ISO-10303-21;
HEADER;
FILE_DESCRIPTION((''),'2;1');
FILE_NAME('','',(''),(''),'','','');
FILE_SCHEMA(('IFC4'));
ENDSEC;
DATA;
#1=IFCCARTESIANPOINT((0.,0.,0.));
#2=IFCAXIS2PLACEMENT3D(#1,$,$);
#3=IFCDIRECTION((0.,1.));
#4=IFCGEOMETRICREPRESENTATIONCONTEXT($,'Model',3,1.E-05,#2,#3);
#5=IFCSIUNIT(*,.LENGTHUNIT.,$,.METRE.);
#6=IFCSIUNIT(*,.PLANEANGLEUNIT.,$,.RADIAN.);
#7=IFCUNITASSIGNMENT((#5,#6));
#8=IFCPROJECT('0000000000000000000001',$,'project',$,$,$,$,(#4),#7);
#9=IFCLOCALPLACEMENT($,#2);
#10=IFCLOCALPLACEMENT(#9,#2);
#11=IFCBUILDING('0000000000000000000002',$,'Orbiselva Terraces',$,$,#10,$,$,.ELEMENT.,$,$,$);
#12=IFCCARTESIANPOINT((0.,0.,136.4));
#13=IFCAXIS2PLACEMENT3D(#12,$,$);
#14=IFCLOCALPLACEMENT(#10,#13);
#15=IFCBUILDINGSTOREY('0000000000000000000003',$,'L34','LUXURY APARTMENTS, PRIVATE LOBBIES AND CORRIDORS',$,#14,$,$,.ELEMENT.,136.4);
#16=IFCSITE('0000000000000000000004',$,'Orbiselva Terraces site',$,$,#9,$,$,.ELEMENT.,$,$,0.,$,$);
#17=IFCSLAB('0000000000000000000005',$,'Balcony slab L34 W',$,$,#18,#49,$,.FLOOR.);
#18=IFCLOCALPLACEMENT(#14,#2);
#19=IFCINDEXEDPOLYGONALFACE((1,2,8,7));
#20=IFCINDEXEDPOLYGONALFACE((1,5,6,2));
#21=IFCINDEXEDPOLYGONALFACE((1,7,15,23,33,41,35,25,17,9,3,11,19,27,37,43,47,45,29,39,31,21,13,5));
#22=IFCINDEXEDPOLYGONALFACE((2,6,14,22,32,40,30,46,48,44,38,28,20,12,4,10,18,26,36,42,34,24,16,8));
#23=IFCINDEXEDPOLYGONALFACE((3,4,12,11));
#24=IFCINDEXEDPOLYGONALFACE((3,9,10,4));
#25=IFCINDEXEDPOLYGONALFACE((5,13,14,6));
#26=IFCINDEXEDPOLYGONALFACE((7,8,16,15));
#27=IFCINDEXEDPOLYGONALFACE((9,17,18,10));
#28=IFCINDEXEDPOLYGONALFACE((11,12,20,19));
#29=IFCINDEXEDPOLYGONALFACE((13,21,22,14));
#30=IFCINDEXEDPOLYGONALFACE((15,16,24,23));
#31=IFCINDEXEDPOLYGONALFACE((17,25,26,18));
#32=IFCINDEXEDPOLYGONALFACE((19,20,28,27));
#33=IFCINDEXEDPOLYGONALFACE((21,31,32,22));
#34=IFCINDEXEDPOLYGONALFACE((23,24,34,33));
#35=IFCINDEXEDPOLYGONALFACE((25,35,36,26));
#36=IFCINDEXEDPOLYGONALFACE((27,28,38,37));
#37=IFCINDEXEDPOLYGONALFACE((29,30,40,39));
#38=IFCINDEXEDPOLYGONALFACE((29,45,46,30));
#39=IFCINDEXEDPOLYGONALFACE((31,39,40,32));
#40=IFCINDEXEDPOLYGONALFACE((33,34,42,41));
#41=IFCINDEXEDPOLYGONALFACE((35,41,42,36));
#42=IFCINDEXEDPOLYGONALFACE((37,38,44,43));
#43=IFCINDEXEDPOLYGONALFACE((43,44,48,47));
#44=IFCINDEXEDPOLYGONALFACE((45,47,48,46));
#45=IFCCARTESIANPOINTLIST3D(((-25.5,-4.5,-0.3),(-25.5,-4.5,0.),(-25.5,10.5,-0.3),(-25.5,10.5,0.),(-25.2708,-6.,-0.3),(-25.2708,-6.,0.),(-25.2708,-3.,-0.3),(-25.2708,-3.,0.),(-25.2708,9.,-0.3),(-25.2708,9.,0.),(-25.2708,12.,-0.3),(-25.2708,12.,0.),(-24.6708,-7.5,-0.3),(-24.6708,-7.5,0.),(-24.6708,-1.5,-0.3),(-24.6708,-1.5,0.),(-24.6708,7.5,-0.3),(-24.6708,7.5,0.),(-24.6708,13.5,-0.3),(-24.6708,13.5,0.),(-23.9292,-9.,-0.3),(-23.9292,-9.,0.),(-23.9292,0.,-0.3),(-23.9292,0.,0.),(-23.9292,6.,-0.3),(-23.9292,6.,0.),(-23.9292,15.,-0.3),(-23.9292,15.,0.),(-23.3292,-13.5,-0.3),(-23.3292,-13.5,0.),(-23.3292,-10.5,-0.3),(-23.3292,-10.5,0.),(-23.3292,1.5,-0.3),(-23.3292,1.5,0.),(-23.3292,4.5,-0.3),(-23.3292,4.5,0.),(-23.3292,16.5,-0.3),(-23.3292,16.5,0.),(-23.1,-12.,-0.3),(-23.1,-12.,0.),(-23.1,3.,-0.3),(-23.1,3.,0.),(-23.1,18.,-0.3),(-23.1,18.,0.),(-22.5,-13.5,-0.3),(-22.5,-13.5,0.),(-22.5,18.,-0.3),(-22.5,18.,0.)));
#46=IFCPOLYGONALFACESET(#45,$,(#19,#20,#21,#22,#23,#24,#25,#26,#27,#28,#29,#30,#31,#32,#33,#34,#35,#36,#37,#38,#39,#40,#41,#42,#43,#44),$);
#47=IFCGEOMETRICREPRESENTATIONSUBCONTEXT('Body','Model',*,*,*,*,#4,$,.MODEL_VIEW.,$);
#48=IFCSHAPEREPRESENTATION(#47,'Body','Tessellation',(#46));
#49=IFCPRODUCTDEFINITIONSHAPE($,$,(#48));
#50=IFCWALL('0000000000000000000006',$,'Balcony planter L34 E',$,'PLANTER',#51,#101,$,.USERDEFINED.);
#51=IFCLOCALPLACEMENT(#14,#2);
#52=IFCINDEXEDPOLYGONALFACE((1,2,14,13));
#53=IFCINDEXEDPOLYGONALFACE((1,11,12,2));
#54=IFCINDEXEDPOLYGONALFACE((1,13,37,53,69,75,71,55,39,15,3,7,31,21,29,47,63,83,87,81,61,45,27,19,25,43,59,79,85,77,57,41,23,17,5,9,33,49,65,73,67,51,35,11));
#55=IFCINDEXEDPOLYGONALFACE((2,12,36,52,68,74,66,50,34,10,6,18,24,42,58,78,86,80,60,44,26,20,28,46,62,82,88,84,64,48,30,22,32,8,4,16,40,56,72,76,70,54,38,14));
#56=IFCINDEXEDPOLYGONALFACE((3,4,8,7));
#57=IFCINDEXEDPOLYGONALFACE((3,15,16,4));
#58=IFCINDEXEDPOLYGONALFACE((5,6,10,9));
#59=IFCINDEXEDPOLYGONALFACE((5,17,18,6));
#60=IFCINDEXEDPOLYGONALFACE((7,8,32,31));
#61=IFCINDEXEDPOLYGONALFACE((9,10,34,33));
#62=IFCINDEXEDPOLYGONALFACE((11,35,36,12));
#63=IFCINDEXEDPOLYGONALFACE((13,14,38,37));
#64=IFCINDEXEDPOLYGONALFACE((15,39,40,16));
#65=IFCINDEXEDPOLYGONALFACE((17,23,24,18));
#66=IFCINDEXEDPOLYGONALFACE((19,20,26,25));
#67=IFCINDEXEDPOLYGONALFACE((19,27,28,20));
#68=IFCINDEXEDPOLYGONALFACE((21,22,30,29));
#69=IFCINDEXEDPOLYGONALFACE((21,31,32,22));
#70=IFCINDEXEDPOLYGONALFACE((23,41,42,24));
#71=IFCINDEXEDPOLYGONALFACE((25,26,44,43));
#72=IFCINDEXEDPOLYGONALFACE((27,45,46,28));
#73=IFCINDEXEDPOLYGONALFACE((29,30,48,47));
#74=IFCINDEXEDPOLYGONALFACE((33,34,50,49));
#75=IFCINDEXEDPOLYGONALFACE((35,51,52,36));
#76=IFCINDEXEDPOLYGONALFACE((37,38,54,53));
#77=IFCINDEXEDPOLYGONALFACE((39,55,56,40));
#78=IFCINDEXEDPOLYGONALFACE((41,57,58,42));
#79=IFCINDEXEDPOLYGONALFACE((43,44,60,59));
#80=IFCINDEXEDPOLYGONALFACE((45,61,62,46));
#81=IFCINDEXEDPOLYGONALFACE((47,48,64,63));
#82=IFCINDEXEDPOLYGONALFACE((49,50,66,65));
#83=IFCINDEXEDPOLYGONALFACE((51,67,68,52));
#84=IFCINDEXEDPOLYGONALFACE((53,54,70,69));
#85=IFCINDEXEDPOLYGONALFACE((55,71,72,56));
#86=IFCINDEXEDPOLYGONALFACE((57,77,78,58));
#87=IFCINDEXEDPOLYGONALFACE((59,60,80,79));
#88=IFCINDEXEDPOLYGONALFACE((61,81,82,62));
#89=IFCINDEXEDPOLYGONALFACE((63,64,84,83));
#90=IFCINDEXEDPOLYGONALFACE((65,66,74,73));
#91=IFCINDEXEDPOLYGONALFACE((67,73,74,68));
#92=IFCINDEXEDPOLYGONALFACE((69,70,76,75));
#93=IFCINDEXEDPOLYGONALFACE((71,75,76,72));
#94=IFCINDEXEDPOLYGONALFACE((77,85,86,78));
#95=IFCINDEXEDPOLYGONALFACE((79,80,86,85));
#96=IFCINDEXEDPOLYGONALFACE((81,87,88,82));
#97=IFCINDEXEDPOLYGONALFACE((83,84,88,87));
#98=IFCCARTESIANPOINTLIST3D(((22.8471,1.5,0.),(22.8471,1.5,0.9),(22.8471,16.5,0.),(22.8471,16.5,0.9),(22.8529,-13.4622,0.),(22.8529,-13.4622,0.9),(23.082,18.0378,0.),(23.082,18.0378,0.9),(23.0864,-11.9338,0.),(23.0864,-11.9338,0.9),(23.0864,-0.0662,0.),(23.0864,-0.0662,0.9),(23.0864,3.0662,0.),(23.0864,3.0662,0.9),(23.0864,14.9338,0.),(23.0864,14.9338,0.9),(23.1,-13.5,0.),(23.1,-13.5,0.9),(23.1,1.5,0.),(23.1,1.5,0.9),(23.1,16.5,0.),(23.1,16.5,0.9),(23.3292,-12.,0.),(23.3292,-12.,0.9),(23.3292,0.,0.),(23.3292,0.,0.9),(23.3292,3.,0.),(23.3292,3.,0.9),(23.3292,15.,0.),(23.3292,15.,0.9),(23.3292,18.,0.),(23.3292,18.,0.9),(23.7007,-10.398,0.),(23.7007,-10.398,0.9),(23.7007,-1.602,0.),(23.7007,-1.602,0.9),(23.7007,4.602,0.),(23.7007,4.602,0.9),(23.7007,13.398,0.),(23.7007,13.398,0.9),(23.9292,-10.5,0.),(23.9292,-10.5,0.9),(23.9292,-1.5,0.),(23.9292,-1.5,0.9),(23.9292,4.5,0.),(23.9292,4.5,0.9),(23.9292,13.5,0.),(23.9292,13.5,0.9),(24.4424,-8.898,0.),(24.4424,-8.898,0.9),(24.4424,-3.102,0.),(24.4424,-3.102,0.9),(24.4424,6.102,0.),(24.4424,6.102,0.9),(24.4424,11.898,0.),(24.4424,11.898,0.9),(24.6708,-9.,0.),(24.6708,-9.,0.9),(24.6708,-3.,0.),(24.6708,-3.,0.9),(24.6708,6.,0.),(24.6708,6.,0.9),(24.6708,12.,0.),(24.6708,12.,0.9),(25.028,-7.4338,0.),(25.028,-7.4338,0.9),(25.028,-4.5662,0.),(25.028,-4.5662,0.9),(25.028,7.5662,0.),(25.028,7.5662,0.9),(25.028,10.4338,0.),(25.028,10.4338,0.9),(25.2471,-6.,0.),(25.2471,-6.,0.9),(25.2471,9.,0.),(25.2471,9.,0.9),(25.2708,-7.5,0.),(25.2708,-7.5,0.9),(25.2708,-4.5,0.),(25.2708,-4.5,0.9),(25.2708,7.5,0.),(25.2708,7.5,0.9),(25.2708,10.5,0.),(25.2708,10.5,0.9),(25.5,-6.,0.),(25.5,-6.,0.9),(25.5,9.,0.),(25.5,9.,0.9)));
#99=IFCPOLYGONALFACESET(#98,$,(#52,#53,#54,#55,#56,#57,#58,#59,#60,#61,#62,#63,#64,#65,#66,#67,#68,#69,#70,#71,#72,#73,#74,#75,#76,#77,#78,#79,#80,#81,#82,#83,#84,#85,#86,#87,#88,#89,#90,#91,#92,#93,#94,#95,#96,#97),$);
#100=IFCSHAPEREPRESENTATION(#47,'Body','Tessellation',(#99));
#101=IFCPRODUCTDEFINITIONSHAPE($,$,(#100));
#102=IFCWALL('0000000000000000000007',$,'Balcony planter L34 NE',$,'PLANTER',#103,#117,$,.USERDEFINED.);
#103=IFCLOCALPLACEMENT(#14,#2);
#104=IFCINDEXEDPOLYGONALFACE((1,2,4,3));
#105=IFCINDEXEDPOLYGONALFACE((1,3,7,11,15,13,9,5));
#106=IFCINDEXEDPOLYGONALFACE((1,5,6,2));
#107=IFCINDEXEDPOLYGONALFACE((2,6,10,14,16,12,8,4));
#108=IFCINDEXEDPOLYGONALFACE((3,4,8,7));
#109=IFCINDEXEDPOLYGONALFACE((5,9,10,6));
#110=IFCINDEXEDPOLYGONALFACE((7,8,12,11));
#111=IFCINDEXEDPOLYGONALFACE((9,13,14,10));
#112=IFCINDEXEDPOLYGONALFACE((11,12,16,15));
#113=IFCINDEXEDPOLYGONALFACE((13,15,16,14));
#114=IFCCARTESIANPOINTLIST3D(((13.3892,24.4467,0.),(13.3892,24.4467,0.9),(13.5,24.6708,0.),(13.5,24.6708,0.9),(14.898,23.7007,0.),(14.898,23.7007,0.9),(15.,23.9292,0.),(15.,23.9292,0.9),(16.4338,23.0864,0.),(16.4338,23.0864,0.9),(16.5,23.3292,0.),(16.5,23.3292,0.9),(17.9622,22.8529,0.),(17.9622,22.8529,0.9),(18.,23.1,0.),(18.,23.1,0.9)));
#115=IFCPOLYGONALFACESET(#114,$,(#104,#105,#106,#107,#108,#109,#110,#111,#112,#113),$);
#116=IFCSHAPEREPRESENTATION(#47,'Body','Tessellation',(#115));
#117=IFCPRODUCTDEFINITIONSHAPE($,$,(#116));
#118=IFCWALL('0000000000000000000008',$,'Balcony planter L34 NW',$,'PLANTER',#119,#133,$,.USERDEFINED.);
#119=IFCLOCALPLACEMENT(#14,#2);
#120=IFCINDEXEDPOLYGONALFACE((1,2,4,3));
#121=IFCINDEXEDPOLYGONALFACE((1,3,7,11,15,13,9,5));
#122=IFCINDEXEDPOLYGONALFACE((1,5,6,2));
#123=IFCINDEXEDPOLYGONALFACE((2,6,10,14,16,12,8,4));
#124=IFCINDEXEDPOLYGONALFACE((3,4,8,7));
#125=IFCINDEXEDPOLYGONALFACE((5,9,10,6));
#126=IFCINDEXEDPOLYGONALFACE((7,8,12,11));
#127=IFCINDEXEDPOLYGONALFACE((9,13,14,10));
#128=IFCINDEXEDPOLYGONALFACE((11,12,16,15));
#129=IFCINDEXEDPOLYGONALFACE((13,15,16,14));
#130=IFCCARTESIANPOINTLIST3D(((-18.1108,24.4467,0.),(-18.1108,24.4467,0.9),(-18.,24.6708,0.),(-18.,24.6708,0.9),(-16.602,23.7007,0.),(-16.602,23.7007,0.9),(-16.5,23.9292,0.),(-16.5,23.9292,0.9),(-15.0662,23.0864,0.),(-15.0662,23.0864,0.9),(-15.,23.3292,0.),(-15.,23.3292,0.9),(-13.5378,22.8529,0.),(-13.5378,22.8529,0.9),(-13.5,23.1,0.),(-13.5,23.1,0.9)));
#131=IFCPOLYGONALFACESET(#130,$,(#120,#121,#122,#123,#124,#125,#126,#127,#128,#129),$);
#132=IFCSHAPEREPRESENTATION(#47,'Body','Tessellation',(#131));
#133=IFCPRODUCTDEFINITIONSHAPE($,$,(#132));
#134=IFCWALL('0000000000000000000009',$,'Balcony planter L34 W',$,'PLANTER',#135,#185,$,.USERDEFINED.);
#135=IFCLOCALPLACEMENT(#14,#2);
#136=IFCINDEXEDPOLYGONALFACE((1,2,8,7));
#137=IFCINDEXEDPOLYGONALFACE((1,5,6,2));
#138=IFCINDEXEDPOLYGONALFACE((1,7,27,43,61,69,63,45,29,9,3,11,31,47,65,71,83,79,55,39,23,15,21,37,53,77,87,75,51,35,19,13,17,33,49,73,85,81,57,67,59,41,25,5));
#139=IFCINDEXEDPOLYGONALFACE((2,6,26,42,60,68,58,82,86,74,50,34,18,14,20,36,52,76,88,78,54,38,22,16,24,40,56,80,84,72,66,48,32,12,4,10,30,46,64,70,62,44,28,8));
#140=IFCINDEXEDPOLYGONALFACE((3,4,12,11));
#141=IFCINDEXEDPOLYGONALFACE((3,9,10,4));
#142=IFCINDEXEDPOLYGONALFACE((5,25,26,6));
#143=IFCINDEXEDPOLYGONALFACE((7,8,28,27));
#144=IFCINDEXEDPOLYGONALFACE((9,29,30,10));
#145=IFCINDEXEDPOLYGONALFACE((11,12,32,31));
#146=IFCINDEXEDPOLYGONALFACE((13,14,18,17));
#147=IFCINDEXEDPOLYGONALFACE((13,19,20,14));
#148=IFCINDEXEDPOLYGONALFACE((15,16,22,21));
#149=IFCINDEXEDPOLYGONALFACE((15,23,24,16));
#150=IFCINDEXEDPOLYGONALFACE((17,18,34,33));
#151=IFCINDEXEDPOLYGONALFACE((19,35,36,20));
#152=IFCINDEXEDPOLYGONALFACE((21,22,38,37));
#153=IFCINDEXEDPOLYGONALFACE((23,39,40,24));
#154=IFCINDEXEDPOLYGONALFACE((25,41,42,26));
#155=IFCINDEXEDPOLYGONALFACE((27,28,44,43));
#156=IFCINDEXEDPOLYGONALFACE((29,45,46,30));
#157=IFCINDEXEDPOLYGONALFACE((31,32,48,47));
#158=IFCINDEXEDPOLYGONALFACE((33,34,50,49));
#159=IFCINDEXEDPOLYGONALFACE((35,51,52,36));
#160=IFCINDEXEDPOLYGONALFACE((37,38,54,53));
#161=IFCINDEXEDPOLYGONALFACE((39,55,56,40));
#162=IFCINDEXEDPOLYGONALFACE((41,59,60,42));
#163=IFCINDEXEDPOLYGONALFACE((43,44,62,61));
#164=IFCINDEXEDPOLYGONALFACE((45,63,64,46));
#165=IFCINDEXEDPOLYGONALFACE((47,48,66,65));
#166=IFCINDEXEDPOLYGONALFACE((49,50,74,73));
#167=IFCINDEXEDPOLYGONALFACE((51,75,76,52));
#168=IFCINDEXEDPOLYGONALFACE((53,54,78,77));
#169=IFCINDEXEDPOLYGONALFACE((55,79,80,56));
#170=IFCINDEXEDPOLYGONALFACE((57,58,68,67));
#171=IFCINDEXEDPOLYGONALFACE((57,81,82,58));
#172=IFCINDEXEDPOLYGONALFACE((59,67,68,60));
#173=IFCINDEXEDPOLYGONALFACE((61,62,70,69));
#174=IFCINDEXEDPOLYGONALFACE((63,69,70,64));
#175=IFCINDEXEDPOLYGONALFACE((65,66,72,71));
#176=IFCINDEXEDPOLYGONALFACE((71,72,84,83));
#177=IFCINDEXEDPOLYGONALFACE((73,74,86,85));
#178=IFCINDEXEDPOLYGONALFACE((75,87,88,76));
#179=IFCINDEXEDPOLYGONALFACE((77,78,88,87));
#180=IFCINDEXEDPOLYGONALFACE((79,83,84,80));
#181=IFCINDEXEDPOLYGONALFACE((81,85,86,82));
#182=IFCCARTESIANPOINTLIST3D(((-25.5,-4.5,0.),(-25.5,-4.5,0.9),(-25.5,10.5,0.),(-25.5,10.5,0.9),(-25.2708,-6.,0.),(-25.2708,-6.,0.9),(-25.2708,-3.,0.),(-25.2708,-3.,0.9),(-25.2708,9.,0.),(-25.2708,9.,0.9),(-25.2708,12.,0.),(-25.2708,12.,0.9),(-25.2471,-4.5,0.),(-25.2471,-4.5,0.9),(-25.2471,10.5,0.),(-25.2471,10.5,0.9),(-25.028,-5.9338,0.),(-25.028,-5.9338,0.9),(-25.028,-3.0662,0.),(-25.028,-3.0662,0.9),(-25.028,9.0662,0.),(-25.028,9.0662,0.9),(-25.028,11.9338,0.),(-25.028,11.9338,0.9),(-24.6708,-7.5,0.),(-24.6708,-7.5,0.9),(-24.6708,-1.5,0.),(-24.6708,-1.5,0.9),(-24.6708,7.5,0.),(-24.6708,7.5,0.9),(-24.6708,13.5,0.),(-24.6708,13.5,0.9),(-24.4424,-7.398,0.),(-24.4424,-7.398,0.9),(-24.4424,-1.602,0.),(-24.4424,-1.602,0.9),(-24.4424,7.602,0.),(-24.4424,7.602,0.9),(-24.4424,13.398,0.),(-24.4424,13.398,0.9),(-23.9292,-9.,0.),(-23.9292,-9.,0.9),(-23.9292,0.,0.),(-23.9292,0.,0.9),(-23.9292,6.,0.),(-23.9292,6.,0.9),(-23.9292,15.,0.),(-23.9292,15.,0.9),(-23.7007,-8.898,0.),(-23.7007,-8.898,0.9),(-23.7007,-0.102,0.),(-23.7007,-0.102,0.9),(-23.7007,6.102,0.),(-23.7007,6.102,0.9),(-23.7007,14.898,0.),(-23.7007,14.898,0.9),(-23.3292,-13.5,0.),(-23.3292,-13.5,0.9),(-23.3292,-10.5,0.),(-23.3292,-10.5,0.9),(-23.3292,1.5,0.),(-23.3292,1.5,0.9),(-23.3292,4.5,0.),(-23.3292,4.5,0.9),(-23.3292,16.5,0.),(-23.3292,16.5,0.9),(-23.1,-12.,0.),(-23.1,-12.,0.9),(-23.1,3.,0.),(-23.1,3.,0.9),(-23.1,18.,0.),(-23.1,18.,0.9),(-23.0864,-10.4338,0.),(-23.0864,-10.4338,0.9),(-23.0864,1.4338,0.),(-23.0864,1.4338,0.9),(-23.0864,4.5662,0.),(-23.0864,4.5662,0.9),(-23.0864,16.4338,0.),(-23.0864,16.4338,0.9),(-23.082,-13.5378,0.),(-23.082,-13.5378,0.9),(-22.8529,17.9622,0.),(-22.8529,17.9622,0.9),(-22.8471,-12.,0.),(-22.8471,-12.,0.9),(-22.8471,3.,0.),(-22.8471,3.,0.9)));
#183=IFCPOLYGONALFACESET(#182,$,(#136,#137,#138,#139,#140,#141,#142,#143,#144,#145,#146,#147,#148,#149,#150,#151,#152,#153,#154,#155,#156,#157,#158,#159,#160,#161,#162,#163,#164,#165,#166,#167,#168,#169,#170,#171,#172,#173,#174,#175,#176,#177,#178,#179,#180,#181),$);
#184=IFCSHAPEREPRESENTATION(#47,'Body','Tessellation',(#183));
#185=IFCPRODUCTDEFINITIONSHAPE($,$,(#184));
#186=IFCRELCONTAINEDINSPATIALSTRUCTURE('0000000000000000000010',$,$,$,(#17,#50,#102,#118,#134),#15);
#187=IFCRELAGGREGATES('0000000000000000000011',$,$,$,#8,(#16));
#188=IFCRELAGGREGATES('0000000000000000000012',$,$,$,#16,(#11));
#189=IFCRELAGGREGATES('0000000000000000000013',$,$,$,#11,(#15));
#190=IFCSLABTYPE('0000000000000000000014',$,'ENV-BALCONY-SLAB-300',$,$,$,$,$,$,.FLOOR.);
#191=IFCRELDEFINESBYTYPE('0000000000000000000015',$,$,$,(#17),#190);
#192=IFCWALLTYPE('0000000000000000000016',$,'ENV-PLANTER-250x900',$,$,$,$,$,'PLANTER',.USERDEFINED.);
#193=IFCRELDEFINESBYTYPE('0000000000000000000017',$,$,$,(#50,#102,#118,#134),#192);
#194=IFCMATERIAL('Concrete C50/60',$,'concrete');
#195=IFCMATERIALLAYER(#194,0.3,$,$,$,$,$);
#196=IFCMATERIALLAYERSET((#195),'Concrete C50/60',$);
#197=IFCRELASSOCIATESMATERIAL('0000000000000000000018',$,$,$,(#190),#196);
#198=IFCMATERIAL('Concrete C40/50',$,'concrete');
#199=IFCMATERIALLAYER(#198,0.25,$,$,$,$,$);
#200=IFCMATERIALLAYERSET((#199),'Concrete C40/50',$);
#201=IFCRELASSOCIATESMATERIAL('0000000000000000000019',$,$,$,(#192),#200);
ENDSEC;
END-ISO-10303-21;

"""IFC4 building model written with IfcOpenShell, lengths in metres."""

from ifc_helpers import new_model, si_unit, direction, frame, origin, place, context, subcontext, project, spatial, polyline, outline, extrude, material, layer, layer_set, type_object, element, save


model = new_model("IFC4")

# Units and contexts
model_context = context("Model", 3, precision=1e-05, world=origin(), true_north=direction((0.0, 1.0)))
body_context = subcontext(model_context, "Body", "Model", "MODEL_VIEW")
ifc_project = project(units=[si_unit("LENGTHUNIT", "METRE"), si_unit("PLANEANGLEUNIT", "RADIAN")], contexts=[model_context])

# Site, building, storey
site_placement = place(None, origin())
site = spatial("IfcSite", under=ifc_project, at=site_placement, Name="Orbiselva Terraces site", CompositionType="ELEMENT", RefElevation=0.0)
building_placement = place(site_placement, origin())
building = spatial("IfcBuilding", under=site, at=building_placement, Name="Orbiselva Terraces", CompositionType="ELEMENT")
storey_placement = place(building_placement, frame((0.0, 0.0, 136.4)))
storey = spatial("IfcBuildingStorey", under=building, at=storey_placement, Name="L34", Description="LUXURY APARTMENTS, PRIVATE LOBBIES AND CORRIDORS", CompositionType="ELEMENT", Elevation=136.4)

# Shared definitions
ifc_material_1 = material(Name="Concrete C40/50", Category="concrete")

# Slab
ifc_material_2 = material(Name="Concrete C50/60", Category="concrete")
ifc_layer_1 = layer(ifc_material_2, 0.3)
ifc_layer_set_1 = layer_set([ifc_layer_1], Name="Concrete C50/60")
slab_type_1 = type_object("IfcSlabType", Name="ENV-BALCONY-SLAB-300", PredefinedType="FLOOR", material=ifc_layer_set_1)
slab_1_placement = place(storey_placement, frame((0.0, 0.0, -0.3)))
element("IfcSlab", 1, at=slab_1_placement, inside=storey, type_object=slab_type_1, Name="Balcony slab L34 W", PredefinedType="FLOOR", context=body_context, shape_type="SweptSolid", body=[
    extrude(outline(polyline([(-23.1, 18.0), (-23.3292, 16.5), (-23.9292, 15.0), (-24.6708, 13.5), (-25.2708, 12.0), (-25.5, 10.5), (-25.2708, 9.0), (-24.6708, 7.5), (-23.9292, 6.0), (-23.3292, 4.5), (-23.1, 3.0), (-23.3292, 1.5), (-23.9292, 0.0), (-24.6708, -1.5), (-25.2708, -3.0), (-25.5, -4.5), (-25.2708, -6.0), (-24.6708, -7.5), (-23.9292, -9.0), (-23.3292, -10.5), (-23.1, -12.0), (-23.3292, -13.5), (-22.5, -13.5), (-22.5, 18.0), (-23.1, 18.0)])), origin(), (0.0, 0.0, 1.0), 0.3),
])

# Walls
ifc_layer_2 = layer(ifc_material_1, 0.25)
ifc_layer_set_2 = layer_set([ifc_layer_2], Name="Concrete C40/50")
wall_type_1 = type_object("IfcWallType", Name="ENV-PLANTER-250x900", ElementType="PLANTER", PredefinedType="USERDEFINED", material=ifc_layer_set_2)
wall_1_placement = place(storey_placement, origin())
element("IfcWall", 2, at=wall_1_placement, inside=storey, type_object=wall_type_1, Name="Balcony planter L34 E", ObjectType="PLANTER", PredefinedType="USERDEFINED", context=body_context, shape_type="SweptSolid", body=[
    extrude(outline(polyline([(23.1, -13.5), (23.3292, -12.0), (23.9292, -10.5), (24.6708, -9.0), (25.2708, -7.5), (25.5, -6.0), (25.2708, -4.5), (24.6708, -3.0), (23.9292, -1.5), (23.3292, 0.0), (23.1, 1.5), (23.3292, 3.0), (23.9292, 4.5), (24.6708, 6.0), (25.2708, 7.5), (25.5, 9.0), (25.2708, 10.5), (24.6708, 12.0), (23.9292, 13.5), (23.3292, 15.0), (23.1, 16.5), (23.3292, 18.0), (23.082, 18.0378), (22.8471, 16.5), (23.0864, 14.9338), (23.7007, 13.398), (24.4424, 11.898), (25.028, 10.4338), (25.2471, 9.0), (25.028, 7.5662), (24.4424, 6.102), (23.7007, 4.602), (23.0864, 3.0662), (22.8471, 1.5), (23.0864, -0.0662), (23.7007, -1.602), (24.4424, -3.102), (25.028, -4.5662), (25.2471, -6.0), (25.028, -7.4338), (24.4424, -8.898), (23.7007, -10.398), (23.0864, -11.9338), (22.8529, -13.4622), (23.1, -13.5)])), origin(), (0.0, 0.0, 1.0), 0.9),
])
wall_2_placement = place(storey_placement, origin())
element("IfcWall", 3, at=wall_2_placement, inside=storey, type_object=wall_type_1, Name="Balcony planter L34 NE", ObjectType="PLANTER", PredefinedType="USERDEFINED", context=body_context, shape_type="SweptSolid", body=[
    extrude(outline(polyline([(18.0, 23.1), (16.5, 23.3292), (15.0, 23.9292), (13.5, 24.6708), (13.3892, 24.4467), (14.898, 23.7007), (16.4338, 23.0864), (17.9622, 22.8529), (18.0, 23.1)])), origin(), (0.0, 0.0, 1.0), 0.9),
])
wall_3_placement = place(storey_placement, origin())
element("IfcWall", 4, at=wall_3_placement, inside=storey, type_object=wall_type_1, Name="Balcony planter L34 NW", ObjectType="PLANTER", PredefinedType="USERDEFINED", context=body_context, shape_type="SweptSolid", body=[
    extrude(outline(polyline([(-13.5, 23.1), (-15.0, 23.3292), (-16.5, 23.9292), (-18.0, 24.6708), (-18.1108, 24.4467), (-16.602, 23.7007), (-15.0662, 23.0864), (-13.5378, 22.8529), (-13.5, 23.1)])), origin(), (0.0, 0.0, 1.0), 0.9),
])
wall_4_placement = place(storey_placement, origin())
element("IfcWall", 5, at=wall_4_placement, inside=storey, type_object=wall_type_1, Name="Balcony planter L34 W", ObjectType="PLANTER", PredefinedType="USERDEFINED", context=body_context, shape_type="SweptSolid", body=[
    extrude(outline(polyline([(-23.1, 18.0), (-23.3292, 16.5), (-23.9292, 15.0), (-24.6708, 13.5), (-25.2708, 12.0), (-25.5, 10.5), (-25.2708, 9.0), (-24.6708, 7.5), (-23.9292, 6.0), (-23.3292, 4.5), (-23.1, 3.0), (-23.3292, 1.5), (-23.9292, 0.0), (-24.6708, -1.5), (-25.2708, -3.0), (-25.5, -4.5), (-25.2708, -6.0), (-24.6708, -7.5), (-23.9292, -9.0), (-23.3292, -10.5), (-23.1, -12.0), (-23.3292, -13.5), (-23.082, -13.5378), (-22.8471, -12.0), (-23.0864, -10.4338), (-23.7007, -8.898), (-24.4424, -7.398), (-25.028, -5.9338), (-25.2471, -4.5), (-25.028, -3.0662), (-24.4424, -1.602), (-23.7007, -0.102), (-23.0864, 1.4338), (-22.8471, 3.0), (-23.0864, 4.5662), (-23.7007, 6.102), (-24.4424, 7.602), (-25.028, 9.0662), (-25.2471, 10.5), (-25.028, 11.9338), (-24.4424, 13.398), (-23.7007, 14.898), (-23.0864, 16.4338), (-22.8529, 17.9622), (-23.1, 18.0)])), origin(), (0.0, 0.0, 1.0), 0.9),
])

save(model, "model.ifc")
